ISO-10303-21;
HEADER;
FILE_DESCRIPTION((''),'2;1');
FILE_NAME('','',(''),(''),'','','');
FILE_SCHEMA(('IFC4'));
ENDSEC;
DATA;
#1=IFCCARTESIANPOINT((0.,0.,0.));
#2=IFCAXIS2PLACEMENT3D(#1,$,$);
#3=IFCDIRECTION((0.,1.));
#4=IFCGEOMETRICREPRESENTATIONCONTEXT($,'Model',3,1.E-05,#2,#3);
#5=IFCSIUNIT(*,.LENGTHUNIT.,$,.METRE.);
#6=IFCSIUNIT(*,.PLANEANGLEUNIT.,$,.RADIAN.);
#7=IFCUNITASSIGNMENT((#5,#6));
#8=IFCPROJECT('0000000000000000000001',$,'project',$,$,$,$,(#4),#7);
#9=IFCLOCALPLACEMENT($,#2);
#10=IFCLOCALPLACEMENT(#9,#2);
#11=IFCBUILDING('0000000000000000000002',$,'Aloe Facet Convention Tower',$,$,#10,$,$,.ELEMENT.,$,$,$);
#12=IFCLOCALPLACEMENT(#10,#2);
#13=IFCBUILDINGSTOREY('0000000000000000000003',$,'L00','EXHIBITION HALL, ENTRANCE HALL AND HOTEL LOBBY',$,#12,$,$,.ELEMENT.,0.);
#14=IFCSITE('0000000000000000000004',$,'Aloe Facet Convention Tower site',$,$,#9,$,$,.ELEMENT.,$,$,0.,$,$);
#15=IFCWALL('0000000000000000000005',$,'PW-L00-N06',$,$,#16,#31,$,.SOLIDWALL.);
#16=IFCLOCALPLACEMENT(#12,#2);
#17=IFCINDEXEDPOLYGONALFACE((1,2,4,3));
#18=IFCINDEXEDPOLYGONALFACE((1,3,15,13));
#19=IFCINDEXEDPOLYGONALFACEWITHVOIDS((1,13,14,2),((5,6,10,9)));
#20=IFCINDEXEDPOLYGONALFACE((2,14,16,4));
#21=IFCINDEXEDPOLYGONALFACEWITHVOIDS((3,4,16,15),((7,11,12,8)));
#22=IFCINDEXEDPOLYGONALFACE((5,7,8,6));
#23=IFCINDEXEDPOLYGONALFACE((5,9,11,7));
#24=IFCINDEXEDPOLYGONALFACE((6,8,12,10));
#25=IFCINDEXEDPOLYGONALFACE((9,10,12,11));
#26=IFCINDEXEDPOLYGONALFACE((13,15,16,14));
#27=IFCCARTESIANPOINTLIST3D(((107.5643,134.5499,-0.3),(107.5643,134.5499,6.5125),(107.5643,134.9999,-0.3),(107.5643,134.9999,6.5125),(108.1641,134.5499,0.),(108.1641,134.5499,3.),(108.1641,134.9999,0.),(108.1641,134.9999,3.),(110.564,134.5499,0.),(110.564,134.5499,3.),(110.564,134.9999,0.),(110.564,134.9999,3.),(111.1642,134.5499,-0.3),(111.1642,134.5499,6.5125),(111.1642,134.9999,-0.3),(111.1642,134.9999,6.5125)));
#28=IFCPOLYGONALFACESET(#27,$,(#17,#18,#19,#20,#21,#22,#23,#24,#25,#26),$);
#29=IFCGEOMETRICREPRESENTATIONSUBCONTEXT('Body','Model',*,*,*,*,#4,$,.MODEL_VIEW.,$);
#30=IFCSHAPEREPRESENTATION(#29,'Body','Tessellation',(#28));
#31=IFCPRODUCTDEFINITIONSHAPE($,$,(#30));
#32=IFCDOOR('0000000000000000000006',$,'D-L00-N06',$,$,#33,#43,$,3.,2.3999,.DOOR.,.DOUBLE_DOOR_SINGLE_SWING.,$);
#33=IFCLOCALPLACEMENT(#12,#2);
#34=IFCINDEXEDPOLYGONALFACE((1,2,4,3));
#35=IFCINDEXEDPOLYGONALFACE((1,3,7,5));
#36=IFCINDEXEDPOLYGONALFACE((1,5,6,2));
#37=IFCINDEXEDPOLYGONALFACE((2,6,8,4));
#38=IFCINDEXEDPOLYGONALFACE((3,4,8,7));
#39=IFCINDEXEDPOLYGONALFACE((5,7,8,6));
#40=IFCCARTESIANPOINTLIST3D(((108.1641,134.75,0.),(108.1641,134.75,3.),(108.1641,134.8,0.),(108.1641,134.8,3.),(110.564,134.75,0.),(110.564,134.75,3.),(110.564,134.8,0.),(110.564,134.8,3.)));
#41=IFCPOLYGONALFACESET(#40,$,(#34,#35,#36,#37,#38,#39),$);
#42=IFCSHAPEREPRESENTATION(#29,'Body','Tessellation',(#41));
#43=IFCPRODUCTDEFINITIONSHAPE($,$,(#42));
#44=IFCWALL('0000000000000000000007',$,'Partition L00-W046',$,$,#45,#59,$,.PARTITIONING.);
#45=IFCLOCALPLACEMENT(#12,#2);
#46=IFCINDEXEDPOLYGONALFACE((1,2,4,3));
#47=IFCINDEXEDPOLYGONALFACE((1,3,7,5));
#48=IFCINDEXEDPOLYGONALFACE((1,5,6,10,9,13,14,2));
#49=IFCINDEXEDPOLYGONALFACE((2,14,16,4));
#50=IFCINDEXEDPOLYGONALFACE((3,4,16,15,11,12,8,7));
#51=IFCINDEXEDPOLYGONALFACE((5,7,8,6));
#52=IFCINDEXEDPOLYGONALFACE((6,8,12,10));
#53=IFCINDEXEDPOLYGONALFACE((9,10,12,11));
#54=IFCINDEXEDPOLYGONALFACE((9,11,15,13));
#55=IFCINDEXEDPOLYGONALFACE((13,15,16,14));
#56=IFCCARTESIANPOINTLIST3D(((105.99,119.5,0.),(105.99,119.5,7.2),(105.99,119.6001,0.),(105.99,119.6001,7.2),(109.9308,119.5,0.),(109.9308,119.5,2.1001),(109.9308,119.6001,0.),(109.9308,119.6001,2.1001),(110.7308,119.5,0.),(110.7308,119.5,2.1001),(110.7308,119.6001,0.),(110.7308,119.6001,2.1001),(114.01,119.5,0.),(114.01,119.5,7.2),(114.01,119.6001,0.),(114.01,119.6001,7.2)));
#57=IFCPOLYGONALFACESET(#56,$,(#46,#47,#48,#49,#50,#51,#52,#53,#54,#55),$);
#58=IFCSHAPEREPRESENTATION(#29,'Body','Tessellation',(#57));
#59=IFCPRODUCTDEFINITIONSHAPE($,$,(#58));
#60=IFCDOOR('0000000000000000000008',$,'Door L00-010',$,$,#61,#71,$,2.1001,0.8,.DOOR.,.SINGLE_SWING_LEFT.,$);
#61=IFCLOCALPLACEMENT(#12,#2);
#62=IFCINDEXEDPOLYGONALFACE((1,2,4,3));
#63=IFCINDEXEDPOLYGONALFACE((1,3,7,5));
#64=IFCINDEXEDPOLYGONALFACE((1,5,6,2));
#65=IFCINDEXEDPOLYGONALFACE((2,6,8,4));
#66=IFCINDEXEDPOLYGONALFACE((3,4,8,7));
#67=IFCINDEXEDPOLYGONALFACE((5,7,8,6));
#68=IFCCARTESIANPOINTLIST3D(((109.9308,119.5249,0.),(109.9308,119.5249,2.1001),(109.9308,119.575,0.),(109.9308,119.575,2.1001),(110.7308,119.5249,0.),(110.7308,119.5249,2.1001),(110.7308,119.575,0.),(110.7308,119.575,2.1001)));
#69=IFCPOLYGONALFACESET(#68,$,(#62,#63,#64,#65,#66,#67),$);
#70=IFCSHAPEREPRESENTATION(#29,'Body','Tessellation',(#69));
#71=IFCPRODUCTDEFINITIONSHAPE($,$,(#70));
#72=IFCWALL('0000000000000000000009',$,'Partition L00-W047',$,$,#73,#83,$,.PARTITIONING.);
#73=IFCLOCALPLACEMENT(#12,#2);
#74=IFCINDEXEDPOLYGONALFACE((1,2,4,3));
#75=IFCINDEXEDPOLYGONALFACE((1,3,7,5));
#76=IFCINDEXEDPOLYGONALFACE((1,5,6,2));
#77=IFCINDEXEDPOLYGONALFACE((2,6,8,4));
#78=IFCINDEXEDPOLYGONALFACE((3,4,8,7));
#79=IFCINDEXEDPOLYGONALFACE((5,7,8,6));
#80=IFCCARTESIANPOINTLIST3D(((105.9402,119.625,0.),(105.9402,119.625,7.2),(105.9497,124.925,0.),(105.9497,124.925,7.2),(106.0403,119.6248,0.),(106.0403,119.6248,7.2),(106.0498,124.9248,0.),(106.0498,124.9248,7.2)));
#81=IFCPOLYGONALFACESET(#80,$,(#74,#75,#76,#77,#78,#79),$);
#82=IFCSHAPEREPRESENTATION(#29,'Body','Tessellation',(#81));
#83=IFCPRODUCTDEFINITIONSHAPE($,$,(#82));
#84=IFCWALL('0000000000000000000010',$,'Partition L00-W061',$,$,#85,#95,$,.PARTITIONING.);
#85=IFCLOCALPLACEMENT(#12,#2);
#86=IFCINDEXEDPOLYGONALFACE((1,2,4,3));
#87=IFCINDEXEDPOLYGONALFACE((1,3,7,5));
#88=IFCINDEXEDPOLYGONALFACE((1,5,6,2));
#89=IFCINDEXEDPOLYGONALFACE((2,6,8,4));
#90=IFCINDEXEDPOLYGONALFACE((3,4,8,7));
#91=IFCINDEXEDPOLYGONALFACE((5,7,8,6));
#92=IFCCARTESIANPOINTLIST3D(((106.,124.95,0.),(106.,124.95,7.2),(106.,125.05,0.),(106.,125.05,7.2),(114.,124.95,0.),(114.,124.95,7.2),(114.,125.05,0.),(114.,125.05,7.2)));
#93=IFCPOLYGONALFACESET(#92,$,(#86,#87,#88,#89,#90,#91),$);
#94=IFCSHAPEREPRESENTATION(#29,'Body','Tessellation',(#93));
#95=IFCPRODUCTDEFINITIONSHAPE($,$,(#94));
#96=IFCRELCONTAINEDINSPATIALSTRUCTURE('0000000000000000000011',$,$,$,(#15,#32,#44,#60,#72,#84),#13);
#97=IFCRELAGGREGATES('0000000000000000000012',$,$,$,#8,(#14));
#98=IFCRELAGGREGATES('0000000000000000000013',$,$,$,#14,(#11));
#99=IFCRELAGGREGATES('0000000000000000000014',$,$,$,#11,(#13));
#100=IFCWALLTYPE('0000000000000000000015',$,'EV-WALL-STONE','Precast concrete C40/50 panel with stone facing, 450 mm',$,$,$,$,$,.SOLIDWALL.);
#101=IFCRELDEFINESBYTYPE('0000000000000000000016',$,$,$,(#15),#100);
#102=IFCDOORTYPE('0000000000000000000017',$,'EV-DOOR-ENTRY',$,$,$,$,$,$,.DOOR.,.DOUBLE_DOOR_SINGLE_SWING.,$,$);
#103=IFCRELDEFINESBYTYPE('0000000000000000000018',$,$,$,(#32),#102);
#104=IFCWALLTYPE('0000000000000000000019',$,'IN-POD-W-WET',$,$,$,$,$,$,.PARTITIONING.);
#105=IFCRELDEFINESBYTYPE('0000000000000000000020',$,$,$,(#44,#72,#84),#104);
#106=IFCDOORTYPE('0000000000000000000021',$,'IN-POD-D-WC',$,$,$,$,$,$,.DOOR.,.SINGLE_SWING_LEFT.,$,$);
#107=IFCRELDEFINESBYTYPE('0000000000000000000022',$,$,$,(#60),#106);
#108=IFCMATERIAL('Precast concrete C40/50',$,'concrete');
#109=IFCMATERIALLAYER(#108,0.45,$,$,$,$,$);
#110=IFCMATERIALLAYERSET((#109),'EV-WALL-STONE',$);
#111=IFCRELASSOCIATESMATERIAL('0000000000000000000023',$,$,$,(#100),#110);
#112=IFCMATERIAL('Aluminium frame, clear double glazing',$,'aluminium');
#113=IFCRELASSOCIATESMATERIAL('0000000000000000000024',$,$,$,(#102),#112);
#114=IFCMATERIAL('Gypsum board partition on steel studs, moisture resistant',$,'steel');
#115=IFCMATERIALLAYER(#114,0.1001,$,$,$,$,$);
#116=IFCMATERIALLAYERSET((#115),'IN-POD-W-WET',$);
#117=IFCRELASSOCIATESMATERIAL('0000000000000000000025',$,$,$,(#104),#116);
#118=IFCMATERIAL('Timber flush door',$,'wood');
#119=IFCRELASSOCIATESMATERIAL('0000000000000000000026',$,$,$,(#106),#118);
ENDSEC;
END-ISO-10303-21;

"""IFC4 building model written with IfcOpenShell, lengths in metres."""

from ifc_helpers import new_model, si_unit, direction, frame, frame_2d, origin, place, context, subcontext, project, spatial, rectangle, extrude, material, layer, layer_set, type_object, element, fill, save


model = new_model("IFC4")

# Units and contexts
model_context = context("Model", 3, precision=1e-05, world=origin(), true_north=direction((0.0, 1.0)))
body_context = subcontext(model_context, "Body", "Model", "MODEL_VIEW")
ifc_project = project(units=[si_unit("LENGTHUNIT", "METRE"), si_unit("PLANEANGLEUNIT", "RADIAN")], contexts=[model_context])

# Site, building, storey
site_placement = place(None, origin())
site = spatial("IfcSite", under=ifc_project, at=site_placement, Name="Aloe Facet Convention Tower site", CompositionType="ELEMENT", RefElevation=0.0)
building_placement = place(site_placement, origin())
building = spatial("IfcBuilding", under=site, at=building_placement, Name="Aloe Facet Convention Tower", CompositionType="ELEMENT")
storey_placement = place(building_placement, origin())
storey = spatial("IfcBuildingStorey", under=building, at=storey_placement, Name="L00", Description="EXHIBITION HALL, ENTRANCE HALL AND HOTEL LOBBY", CompositionType="ELEMENT", Elevation=0.0)

# Walls, openings, doors
ifc_material_1 = material(Name="Precast concrete C40/50", Category="concrete")
ifc_layer_1 = layer(ifc_material_1, 0.45)
ifc_layer_set_1 = layer_set([ifc_layer_1], Name="EV-WALL-STONE")
wall_type_1 = type_object("IfcWallType", Name="EV-WALL-STONE", Description="Precast concrete C40/50 panel with stone facing, 450 mm", PredefinedType="SOLIDWALL", material=ifc_layer_set_1)
wall_1_placement = place(storey_placement, frame((111.1641, 134.7749, -0.3), z_axis=(0.0, 0.0, 1.0), x_axis=(-1.0, 0.0, 0.0)))
wall_1 = element("IfcWall", 1, at=wall_1_placement, inside=storey, type_object=wall_type_1, Name="PW-L00-N06", PredefinedType="SOLIDWALL", context=body_context, shape_type="SweptSolid", body=[
    extrude(rectangle(XDim=3.5999, YDim=0.45, at=frame_2d((1.7998, 0.0))), origin(), (0.0, 0.0, 1.0), 6.8125),
])
opening_1_placement = place(wall_1_placement, frame((0.6001, 0.0, 0.3)))
opening_1 = element("IfcOpeningElement", 2, at=opening_1_placement, cuts=wall_1, PredefinedType="OPENING", context=body_context, shape_type="SweptSolid", body=[
    extrude(rectangle(XDim=2.3999, YDim=3.0, at=frame_2d((1.2, 1.5))), frame((0.0, 0.2349, 0.0), z_axis=(0.0, -1.0, 0.0), x_axis=(1.0, 0.0, 0.0)), (0.0, 0.0, 1.0), 0.47),
])
ifc_material_2 = material(Name="Aluminium frame, clear double glazing", Category="aluminium")
door_type_1 = type_object("IfcDoorType", Name="EV-DOOR-ENTRY", OperationType="DOUBLE_DOOR_SINGLE_SWING", PredefinedType="DOOR", material=ifc_material_2)
door_1_placement = place(opening_1_placement, origin())
door_1 = element("IfcDoor", 3, at=door_1_placement, inside=storey, type_object=door_type_1, Name="D-L00-N06", OperationType="DOUBLE_DOOR_SINGLE_SWING", OverallHeight=3.0, OverallWidth=2.3999, PredefinedType="DOOR", context=body_context, shape_type="SweptSolid", body=[
    extrude(rectangle(XDim=2.3999, YDim=3.0, at=frame_2d((1.2, 1.5))), frame((0.0, 0.0249, 0.0), z_axis=(0.0, -1.0, 0.0), x_axis=(1.0, 0.0, 0.0)), (0.0, 0.0, 1.0), 0.05),
])
fill(opening_1, door_1)
ifc_material_3 = material(Name="Gypsum board partition on steel studs, moisture resistant", Category="steel")
ifc_layer_2 = layer(ifc_material_3, 0.1001)
ifc_layer_set_2 = layer_set([ifc_layer_2], Name="IN-POD-W-WET")
wall_type_2 = type_object("IfcWallType", Name="IN-POD-W-WET", PredefinedType="PARTITIONING", material=ifc_layer_set_2)
wall_2_placement = place(storey_placement, frame((105.99, 119.55, 0.0), z_axis=(0.0, 0.0, 1.0), x_axis=(1.0, 0.0, 0.0)))
wall_2 = element("IfcWall", 4, at=wall_2_placement, inside=storey, type_object=wall_type_2, Name="Partition L00-W046", PredefinedType="PARTITIONING", context=body_context, shape_type="SweptSolid", body=[
    extrude(rectangle(XDim=8.02, YDim=0.1001, at=frame_2d((4.01, 0.0))), origin(), (0.0, 0.0, 1.0), 7.2),
])
opening_2_placement = place(wall_2_placement, frame((3.9409, 0.0, 0.0)))
opening_2 = element("IfcOpeningElement", 5, at=opening_2_placement, cuts=wall_2, PredefinedType="OPENING", context=body_context, shape_type="SweptSolid", body=[
    extrude(rectangle(XDim=0.8, YDim=2.1001, at=frame_2d((0.3999, 1.05))), frame((0.0, 0.0601, 0.0), z_axis=(0.0, -1.0, 0.0), x_axis=(1.0, 0.0, 0.0)), (0.0, 0.0, 1.0), 0.1201),
])
ifc_material_4 = material(Name="Timber flush door", Category="wood")
door_type_2 = type_object("IfcDoorType", Name="IN-POD-D-WC", OperationType="SINGLE_SWING_LEFT", PredefinedType="DOOR", material=ifc_material_4)
door_2_placement = place(opening_2_placement, origin())
door_2 = element("IfcDoor", 6, at=door_2_placement, inside=storey, type_object=door_type_2, Name="Door L00-010", OperationType="SINGLE_SWING_LEFT", OverallHeight=2.1001, OverallWidth=0.8, PredefinedType="DOOR", context=body_context, shape_type="SweptSolid", body=[
    extrude(rectangle(XDim=0.8, YDim=2.1001, at=frame_2d((0.3999, 1.05))), frame((0.0, 0.0249, 0.0), z_axis=(0.0, -1.0, 0.0), x_axis=(1.0, 0.0, 0.0)), (0.0, 0.0, 1.0), 0.05),
])
fill(opening_2, door_2)

# Walls
wall_3_placement = place(storey_placement, frame((105.9902, 119.625, 0.0), z_axis=(0.0, 0.0, 1.0), x_axis=(0.001796, 0.999998, 0.0)))
element("IfcWall", 7, at=wall_3_placement, inside=storey, type_object=wall_type_2, Name="Partition L00-W047", PredefinedType="PARTITIONING", context=body_context, shape_type="SweptSolid", body=[
    extrude(rectangle(XDim=5.3, YDim=0.1001, at=frame_2d((2.6499, 0.0))), origin(), (0.0, 0.0, 1.0), 7.2),
])
wall_4_placement = place(storey_placement, frame((106.0, 125.0, 0.0), z_axis=(0.0, 0.0, 1.0), x_axis=(1.0, 0.0, 0.0)))
element("IfcWall", 8, at=wall_4_placement, inside=storey, type_object=wall_type_2, Name="Partition L00-W061", PredefinedType="PARTITIONING", context=body_context, shape_type="SweptSolid", body=[
    extrude(rectangle(XDim=8.0, YDim=0.1001, at=frame_2d((4.0, 0.0))), origin(), (0.0, 0.0, 1.0), 7.2),
])

save(model, "model.ifc")
